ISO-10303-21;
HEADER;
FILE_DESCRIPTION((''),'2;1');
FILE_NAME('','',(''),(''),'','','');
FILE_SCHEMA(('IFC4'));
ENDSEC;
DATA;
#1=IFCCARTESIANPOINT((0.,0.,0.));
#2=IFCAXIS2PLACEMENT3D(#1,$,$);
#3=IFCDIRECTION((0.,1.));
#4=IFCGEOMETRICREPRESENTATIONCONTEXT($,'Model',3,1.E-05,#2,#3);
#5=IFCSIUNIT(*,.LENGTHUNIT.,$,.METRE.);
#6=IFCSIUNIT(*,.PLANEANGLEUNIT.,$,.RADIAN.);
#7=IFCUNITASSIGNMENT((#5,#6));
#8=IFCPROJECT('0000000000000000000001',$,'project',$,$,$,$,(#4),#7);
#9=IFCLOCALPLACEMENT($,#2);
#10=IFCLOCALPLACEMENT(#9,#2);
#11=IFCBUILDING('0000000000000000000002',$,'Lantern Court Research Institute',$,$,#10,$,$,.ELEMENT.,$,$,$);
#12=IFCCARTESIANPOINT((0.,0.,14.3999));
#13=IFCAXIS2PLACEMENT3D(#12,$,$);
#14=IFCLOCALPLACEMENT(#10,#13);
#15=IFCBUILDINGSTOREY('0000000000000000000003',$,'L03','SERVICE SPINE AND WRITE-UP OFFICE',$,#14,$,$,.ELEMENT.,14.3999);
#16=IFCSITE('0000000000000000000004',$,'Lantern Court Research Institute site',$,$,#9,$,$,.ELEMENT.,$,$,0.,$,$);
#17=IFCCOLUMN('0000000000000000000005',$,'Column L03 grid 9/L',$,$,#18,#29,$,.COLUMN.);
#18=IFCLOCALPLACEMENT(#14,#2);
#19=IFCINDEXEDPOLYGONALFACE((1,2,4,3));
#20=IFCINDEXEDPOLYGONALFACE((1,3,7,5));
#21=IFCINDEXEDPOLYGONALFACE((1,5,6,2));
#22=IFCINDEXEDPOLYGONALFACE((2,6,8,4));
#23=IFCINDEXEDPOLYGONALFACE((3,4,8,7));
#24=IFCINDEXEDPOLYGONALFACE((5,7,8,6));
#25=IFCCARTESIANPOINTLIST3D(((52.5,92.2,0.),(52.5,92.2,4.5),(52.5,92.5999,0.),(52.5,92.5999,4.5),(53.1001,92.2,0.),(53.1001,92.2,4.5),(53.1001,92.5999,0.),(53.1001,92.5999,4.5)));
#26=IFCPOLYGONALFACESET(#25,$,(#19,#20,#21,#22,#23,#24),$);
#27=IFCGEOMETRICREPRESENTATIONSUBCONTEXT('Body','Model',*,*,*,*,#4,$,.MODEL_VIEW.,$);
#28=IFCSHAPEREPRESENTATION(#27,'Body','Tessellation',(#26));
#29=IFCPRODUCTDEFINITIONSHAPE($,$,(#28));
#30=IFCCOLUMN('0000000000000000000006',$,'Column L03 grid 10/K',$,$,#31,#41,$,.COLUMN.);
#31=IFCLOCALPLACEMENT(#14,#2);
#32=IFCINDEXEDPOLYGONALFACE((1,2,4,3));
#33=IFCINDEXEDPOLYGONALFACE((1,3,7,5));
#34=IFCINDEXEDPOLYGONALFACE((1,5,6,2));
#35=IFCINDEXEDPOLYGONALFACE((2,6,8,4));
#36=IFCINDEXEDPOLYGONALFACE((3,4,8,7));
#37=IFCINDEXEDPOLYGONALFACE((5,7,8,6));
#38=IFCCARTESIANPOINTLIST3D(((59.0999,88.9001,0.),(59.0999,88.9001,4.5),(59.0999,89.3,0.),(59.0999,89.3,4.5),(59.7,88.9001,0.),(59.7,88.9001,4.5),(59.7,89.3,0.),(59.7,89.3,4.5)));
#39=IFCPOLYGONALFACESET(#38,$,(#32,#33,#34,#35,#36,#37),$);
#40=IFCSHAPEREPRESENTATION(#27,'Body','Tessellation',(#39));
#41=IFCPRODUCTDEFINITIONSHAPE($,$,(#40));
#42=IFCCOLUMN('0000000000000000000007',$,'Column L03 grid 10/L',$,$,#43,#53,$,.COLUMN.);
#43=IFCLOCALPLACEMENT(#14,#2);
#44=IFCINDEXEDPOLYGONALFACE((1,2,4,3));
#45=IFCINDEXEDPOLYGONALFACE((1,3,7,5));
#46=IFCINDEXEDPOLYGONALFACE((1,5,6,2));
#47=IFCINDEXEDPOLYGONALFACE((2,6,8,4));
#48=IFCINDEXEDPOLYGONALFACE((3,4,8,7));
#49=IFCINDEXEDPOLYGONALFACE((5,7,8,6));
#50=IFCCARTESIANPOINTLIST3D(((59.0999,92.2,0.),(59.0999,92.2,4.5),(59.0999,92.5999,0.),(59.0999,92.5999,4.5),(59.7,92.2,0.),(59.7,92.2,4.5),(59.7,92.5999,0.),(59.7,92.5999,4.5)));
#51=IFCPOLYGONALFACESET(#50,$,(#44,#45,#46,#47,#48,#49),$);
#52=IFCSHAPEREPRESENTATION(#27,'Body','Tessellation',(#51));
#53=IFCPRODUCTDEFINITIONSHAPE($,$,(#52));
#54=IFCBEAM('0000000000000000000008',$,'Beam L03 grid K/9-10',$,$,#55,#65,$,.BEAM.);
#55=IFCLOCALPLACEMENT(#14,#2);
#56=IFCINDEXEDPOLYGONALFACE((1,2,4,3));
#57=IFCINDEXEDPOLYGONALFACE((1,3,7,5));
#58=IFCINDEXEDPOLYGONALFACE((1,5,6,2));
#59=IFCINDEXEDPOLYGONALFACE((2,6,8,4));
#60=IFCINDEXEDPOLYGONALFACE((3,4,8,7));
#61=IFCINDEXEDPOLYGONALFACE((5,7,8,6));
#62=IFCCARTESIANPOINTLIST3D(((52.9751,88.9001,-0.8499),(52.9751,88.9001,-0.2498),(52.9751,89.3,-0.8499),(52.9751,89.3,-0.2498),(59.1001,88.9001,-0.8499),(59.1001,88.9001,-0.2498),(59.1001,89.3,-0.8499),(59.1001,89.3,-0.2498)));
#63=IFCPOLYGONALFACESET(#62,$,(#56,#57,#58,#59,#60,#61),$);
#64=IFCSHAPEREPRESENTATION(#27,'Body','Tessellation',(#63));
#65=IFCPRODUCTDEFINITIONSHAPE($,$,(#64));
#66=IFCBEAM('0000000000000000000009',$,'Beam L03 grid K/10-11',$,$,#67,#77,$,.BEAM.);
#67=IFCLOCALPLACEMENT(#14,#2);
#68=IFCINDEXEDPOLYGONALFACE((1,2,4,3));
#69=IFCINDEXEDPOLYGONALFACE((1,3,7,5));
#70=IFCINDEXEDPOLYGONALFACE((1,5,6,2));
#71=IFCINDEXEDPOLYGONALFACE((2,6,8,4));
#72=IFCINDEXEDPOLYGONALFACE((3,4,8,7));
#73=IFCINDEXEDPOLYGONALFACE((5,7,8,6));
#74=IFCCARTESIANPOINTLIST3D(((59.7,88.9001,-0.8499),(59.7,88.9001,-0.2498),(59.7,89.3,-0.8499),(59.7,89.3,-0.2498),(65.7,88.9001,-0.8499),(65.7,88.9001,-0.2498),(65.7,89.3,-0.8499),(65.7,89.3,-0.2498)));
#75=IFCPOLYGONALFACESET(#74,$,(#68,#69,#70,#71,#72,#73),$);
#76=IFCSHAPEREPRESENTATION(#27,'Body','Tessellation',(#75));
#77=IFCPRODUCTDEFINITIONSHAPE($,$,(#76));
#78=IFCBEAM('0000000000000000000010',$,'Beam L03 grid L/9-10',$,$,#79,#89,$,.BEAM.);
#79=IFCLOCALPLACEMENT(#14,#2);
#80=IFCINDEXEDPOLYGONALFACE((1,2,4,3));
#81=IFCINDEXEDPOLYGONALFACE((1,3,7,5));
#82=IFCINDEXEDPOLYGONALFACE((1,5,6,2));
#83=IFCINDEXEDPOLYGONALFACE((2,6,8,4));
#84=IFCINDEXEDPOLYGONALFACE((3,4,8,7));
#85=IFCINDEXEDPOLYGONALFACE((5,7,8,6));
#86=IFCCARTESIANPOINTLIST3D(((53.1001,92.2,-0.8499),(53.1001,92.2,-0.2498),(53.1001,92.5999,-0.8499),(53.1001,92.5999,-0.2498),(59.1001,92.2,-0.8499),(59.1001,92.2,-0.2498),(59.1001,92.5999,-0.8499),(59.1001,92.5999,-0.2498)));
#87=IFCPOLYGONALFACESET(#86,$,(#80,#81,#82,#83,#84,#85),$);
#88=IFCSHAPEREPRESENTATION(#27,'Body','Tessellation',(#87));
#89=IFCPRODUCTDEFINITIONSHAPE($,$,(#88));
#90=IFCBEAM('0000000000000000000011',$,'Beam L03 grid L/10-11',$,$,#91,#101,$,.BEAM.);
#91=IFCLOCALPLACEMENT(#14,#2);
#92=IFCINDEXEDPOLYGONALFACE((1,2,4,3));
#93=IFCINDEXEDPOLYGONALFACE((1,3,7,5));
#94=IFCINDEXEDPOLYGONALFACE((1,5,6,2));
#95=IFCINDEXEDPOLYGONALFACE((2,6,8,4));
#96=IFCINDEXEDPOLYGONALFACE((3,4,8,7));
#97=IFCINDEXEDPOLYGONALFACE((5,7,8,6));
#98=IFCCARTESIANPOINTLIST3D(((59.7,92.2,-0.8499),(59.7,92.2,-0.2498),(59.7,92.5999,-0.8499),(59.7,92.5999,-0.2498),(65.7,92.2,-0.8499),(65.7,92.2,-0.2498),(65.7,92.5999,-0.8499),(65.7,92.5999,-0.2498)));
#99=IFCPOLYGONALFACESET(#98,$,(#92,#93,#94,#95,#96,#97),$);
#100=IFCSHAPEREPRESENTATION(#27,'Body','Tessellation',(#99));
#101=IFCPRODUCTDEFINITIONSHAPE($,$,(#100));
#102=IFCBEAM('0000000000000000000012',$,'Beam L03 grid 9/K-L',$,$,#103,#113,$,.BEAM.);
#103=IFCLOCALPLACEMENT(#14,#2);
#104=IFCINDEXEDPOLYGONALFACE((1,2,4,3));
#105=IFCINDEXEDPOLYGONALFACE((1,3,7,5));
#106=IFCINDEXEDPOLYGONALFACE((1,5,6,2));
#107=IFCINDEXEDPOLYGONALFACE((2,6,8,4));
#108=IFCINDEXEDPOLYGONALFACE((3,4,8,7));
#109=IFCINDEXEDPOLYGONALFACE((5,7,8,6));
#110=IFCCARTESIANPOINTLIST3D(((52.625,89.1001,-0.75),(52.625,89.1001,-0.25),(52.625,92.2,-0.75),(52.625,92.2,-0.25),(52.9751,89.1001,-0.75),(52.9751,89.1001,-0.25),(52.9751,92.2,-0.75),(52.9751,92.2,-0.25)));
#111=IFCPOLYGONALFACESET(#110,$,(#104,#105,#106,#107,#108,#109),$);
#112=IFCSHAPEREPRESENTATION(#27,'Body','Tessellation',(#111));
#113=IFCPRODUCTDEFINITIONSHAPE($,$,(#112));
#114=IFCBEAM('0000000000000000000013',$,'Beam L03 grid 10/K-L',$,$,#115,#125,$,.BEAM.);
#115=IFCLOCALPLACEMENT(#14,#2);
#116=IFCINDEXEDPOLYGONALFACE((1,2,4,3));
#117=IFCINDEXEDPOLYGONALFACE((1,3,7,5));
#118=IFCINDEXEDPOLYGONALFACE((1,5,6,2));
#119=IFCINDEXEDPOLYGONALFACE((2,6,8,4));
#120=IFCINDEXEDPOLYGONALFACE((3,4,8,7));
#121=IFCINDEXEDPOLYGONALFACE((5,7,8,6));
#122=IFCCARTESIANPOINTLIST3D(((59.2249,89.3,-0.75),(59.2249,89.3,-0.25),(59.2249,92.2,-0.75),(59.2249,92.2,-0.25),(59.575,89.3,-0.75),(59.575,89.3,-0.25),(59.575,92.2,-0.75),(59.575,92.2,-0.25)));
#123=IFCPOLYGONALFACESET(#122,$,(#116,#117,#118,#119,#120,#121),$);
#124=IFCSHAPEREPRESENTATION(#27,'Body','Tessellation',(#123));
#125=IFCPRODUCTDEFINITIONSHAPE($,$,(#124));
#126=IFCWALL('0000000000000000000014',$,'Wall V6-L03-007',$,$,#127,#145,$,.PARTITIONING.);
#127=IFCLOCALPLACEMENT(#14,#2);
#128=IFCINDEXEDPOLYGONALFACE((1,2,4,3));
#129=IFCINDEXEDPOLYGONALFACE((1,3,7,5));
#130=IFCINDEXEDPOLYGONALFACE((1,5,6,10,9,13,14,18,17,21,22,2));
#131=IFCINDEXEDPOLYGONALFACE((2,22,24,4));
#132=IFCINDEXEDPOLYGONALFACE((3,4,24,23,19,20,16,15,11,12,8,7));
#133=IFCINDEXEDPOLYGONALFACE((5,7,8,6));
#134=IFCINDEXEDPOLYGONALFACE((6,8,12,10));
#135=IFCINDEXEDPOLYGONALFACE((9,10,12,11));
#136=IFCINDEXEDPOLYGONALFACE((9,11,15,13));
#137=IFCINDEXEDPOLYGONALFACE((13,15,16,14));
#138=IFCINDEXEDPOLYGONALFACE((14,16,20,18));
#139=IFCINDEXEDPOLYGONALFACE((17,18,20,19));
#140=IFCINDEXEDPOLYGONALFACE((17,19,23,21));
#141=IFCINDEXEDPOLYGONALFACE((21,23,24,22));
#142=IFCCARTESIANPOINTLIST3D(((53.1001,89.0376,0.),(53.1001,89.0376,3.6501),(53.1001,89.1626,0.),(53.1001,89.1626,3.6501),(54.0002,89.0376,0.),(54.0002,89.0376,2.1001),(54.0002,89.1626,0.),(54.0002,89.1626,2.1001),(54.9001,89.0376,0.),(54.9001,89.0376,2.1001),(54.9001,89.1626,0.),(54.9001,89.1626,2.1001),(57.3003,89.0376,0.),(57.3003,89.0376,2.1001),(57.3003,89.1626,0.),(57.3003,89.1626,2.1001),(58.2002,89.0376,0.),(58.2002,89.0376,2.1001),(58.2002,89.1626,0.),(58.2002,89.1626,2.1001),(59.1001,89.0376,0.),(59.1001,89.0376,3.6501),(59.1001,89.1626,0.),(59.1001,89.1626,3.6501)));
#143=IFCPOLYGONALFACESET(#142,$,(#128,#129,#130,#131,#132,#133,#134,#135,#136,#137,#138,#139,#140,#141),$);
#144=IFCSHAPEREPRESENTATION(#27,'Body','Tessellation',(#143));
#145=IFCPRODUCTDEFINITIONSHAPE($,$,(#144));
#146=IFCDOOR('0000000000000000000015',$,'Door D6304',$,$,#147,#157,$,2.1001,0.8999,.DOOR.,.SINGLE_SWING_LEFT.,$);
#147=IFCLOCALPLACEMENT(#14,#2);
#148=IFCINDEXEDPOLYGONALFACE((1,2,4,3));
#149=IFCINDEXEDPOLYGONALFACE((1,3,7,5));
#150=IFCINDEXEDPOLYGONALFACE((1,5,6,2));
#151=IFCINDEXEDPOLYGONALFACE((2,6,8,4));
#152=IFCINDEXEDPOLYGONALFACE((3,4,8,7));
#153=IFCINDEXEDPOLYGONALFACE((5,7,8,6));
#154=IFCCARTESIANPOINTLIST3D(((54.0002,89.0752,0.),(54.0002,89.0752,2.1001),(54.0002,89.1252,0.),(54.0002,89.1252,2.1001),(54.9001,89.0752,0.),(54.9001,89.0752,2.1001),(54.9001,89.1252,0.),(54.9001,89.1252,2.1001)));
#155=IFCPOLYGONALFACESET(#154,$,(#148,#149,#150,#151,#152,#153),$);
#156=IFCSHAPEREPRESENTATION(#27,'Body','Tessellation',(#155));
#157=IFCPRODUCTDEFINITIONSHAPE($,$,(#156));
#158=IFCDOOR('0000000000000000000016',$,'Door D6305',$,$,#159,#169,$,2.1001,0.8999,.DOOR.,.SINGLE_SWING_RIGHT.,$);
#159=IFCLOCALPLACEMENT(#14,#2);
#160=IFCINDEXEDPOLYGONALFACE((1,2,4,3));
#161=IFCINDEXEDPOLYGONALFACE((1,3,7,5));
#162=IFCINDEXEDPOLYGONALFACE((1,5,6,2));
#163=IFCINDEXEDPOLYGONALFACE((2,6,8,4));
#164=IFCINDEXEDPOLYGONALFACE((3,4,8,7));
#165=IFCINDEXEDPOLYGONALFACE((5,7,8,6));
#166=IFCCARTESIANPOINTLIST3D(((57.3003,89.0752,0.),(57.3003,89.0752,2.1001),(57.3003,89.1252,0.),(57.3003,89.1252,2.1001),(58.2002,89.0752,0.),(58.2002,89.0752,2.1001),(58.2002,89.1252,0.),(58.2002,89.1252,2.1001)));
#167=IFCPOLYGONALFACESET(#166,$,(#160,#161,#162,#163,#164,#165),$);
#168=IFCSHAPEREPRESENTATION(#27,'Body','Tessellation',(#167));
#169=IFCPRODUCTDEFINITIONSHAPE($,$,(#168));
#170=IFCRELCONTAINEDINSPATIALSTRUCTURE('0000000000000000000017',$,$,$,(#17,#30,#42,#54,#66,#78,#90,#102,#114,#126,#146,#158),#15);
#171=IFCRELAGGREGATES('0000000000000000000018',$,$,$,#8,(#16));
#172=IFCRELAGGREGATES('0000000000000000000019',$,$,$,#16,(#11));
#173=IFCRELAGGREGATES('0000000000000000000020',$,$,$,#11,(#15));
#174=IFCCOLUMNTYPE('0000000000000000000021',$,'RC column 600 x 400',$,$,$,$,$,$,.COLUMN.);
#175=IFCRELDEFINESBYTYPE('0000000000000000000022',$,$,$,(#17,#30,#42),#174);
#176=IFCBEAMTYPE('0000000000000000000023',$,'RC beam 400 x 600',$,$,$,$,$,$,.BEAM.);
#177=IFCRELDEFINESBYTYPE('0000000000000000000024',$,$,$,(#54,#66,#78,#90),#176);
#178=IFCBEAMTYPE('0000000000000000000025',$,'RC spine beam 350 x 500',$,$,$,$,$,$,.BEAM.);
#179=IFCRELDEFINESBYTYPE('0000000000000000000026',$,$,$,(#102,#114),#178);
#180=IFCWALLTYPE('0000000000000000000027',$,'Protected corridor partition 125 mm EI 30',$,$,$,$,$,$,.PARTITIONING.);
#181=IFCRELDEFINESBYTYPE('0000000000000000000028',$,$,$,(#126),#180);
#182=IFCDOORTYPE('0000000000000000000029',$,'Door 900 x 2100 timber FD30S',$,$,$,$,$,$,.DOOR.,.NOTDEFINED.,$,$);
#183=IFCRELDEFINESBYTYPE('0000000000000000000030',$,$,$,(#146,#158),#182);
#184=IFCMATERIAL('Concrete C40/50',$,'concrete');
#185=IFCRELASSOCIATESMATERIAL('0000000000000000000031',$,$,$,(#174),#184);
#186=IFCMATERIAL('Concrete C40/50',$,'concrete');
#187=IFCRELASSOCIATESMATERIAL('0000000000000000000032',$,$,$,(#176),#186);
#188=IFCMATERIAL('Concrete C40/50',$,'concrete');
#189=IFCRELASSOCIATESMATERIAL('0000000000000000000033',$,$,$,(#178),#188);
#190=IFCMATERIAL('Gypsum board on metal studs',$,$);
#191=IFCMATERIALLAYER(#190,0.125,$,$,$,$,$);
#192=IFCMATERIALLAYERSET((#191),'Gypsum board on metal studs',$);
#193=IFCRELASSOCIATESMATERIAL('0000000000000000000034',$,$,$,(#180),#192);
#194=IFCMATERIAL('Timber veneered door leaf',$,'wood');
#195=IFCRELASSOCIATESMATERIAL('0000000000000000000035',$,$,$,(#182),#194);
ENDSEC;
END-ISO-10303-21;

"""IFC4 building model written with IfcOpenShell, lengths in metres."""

from ifc_helpers import new_model, si_unit, direction, frame, frame_2d, origin, origin_2d, place, context, subcontext, project, spatial, rectangle, extrude, material, layer, layer_set, material_profile, profile_set, type_object, element, fill, save


model = new_model("IFC4")

# Units and contexts
model_context = context("Model", 3, precision=1e-05, world=origin(), true_north=direction((0.0, 1.0)))
body_context = subcontext(model_context, "Body", "Model", "MODEL_VIEW")
ifc_project = project(units=[si_unit("LENGTHUNIT", "METRE"), si_unit("PLANEANGLEUNIT", "RADIAN")], contexts=[model_context])

# Site, building, storey
site_placement = place(None, origin())
site = spatial("IfcSite", under=ifc_project, at=site_placement, Name="Lantern Court Research Institute site", CompositionType="ELEMENT", RefElevation=0.0)
building_placement = place(site_placement, origin())
building = spatial("IfcBuilding", under=site, at=building_placement, Name="Lantern Court Research Institute", CompositionType="ELEMENT")
storey_placement = place(building_placement, frame((0.0, 0.0, 14.3999)))
storey = spatial("IfcBuildingStorey", under=building, at=storey_placement, Name="L03", Description="SERVICE SPINE AND WRITE-UP OFFICE", CompositionType="ELEMENT", Elevation=14.3999)

# Columns
ifc_material_1 = material(Name="Concrete C40/50", Category="concrete")
ifc_material_profile_1 = material_profile(ifc_material_1, rectangle(XDim=0.6001, YDim=0.3999, at=origin_2d()), Name="RC column 600 x 400")
ifc_profile_set_1 = profile_set([ifc_material_profile_1], Name="Concrete C40/50")
column_type = type_object("IfcColumnType", Name="RC column 600 x 400", PredefinedType="COLUMN", material=ifc_profile_set_1)
for number, where, z_axis, x_axis, name in (
    (1, (52.8, 92.3999, 0.0), (0.0, 0.0, 1.0), (1.0, 0.0, 0.0), "Column L03 grid 9/L"),
    (2, (59.3999, 89.1001, 0.0), (0.0, 0.0, 1.0), (1.0, 0.0, 0.0), "Column L03 grid 10/K"),
    (3, (59.3999, 92.3999, 0.0), (0.0, 0.0, 1.0), (1.0, 0.0, 0.0), "Column L03 grid 10/L"),
):
    element("IfcColumn", number, at=place(storey_placement, frame(where, z_axis=z_axis, x_axis=x_axis)), inside=storey, type_object=column_type, Name=name, PredefinedType="COLUMN", context=body_context, shape_type="SweptSolid", body=[
        extrude(rectangle(XDim=0.6001, YDim=0.3999, at=origin_2d()), origin(), (0.0, 0.0, 1.0), 4.5),
    ])

# Beams
ifc_material_2 = material(Name="Concrete C40/50", Category="concrete")
ifc_material_profile_2 = material_profile(ifc_material_2, rectangle(XDim=0.3999, YDim=0.6001, at=origin_2d()), Name="RC beam 400 x 600")
ifc_profile_set_2 = profile_set([ifc_material_profile_2], Name="Concrete C40/50")
beam_type_1 = type_object("IfcBeamType", Name="RC beam 400 x 600", PredefinedType="BEAM", material=ifc_profile_set_2)
beam_1_placement = place(storey_placement, frame((52.9751, 89.1001, -0.5498), z_axis=(1.0, 0.0, 0.0), x_axis=(0.0, 1.0, 0.0)))
element("IfcBeam", 4, at=beam_1_placement, inside=storey, type_object=beam_type_1, Name="Beam L03 grid K/9-10", PredefinedType="BEAM", context=body_context, shape_type="SweptSolid", body=[
    extrude(rectangle(XDim=0.3999, YDim=0.6001, at=origin_2d()), origin(), (0.0, 0.0, 1.0), 6.125),
])
for number, where, z_axis, x_axis, name in (
    (5, (59.7, 89.1001, -0.5498), (1.0, 0.0, 0.0), (0.0, 1.0, 0.0), "Beam L03 grid K/10-11"),
    (6, (53.1001, 92.3999, -0.5498), (1.0, 0.0, 0.0), (0.0, 1.0, 0.0), "Beam L03 grid L/9-10"),
    (7, (59.7, 92.3999, -0.5498), (1.0, 0.0, 0.0), (0.0, 1.0, 0.0), "Beam L03 grid L/10-11"),
):
    element("IfcBeam", number, at=place(storey_placement, frame(where, z_axis=z_axis, x_axis=x_axis)), inside=storey, type_object=beam_type_1, Name=name, PredefinedType="BEAM", context=body_context, shape_type="SweptSolid", body=[
        extrude(rectangle(XDim=0.3999, YDim=0.6001, at=origin_2d()), origin(), (0.0, 0.0, 1.0), 6.0),
    ])
ifc_material_3 = material(Name="Concrete C40/50", Category="concrete")
ifc_material_profile_3 = material_profile(ifc_material_3, rectangle(XDim=0.3501, YDim=0.5, at=origin_2d()), Name="RC beam 350 x 500")
ifc_profile_set_3 = profile_set([ifc_material_profile_3], Name="Concrete C40/50")
beam_type_2 = type_object("IfcBeamType", Name="RC spine beam 350 x 500", PredefinedType="BEAM", material=ifc_profile_set_3)
beam_2_placement = place(storey_placement, frame((52.8, 89.1001, -0.5), z_axis=(0.0, 1.0, 0.0), x_axis=(-1.0, 0.0, 0.0)))
element("IfcBeam", 8, at=beam_2_placement, inside=storey, type_object=beam_type_2, Name="Beam L03 grid 9/K-L", PredefinedType="BEAM", context=body_context, shape_type="SweptSolid", body=[
    extrude(rectangle(XDim=0.3501, YDim=0.5, at=origin_2d()), origin(), (0.0, 0.0, 1.0), 3.0999),
])
beam_3_placement = place(storey_placement, frame((59.3999, 89.3, -0.5), z_axis=(0.0, 1.0, 0.0), x_axis=(-1.0, 0.0, 0.0)))
element("IfcBeam", 9, at=beam_3_placement, inside=storey, type_object=beam_type_2, Name="Beam L03 grid 10/K-L", PredefinedType="BEAM", context=body_context, shape_type="SweptSolid", body=[
    extrude(rectangle(XDim=0.3501, YDim=0.5, at=origin_2d()), origin(), (0.0, 0.0, 1.0), 2.8999),
])

# Wall, openings, doors
ifc_material_4 = material(Name="Gypsum board on metal studs")
ifc_layer_1 = layer(ifc_material_4, 0.125)
ifc_layer_set_1 = layer_set([ifc_layer_1], Name="Gypsum board on metal studs")
wall_type_1 = type_object("IfcWallType", Name="Protected corridor partition 125 mm EI 30", PredefinedType="PARTITIONING", material=ifc_layer_set_1)
wall_1_placement = place(storey_placement, frame((59.1001, 89.1001, 0.0), z_axis=(0.0, 0.0, 1.0), x_axis=(-1.0, 0.0, 0.0)))
wall_1 = element("IfcWall", 10, at=wall_1_placement, inside=storey, type_object=wall_type_1, Name="Wall V6-L03-007", PredefinedType="PARTITIONING", context=body_context, shape_type="SweptSolid", body=[
    extrude(rectangle(XDim=6.0, YDim=0.125, at=frame_2d((3.0, 0.0))), origin(), (0.0, 0.0, 1.0), 3.6501),
])
opening_1_placement = place(wall_1_placement, frame((4.2, 0.0, 0.0)))
opening_1 = element("IfcOpeningElement", 11, at=opening_1_placement, cuts=wall_1, PredefinedType="OPENING", context=body_context, shape_type="SweptSolid", body=[
    extrude(rectangle(XDim=0.8999, YDim=2.1001, at=frame_2d((0.45, 1.05))), frame((0.0, 0.0725, 0.0), z_axis=(0.0, -1.0, 0.0), x_axis=(1.0, 0.0, 0.0)), (0.0, 0.0, 1.0), 0.145),
])
opening_2_placement = place(wall_1_placement, frame((0.8999, 0.0, 0.0)))
opening_2 = element("IfcOpeningElement", 12, at=opening_2_placement, cuts=wall_1, PredefinedType="OPENING", context=body_context, shape_type="SweptSolid", body=[
    extrude(rectangle(XDim=0.8999, YDim=2.1001, at=frame_2d((0.45, 1.05))), frame((0.0, 0.0725, 0.0), z_axis=(0.0, -1.0, 0.0), x_axis=(1.0, 0.0, 0.0)), (0.0, 0.0, 1.0), 0.145),
])
ifc_material_5 = material(Name="Timber veneered door leaf", Category="wood")
door_type_1 = type_object("IfcDoorType", Name="Door 900 x 2100 timber FD30S", OperationType="NOTDEFINED", PredefinedType="DOOR", material=ifc_material_5)
door_1_placement = place(opening_1_placement, origin())
door_1 = element("IfcDoor", 13, at=door_1_placement, inside=storey, type_object=door_type_1, Name="Door D6304", OperationType="SINGLE_SWING_LEFT", OverallHeight=2.1001, OverallWidth=0.8999, PredefinedType="DOOR", context=body_context, shape_type="SweptSolid", body=[
    extrude(rectangle(XDim=0.8999, YDim=2.1001, at=frame_2d((0.45, 1.05))), frame((0.0, 0.0249, 0.0), z_axis=(0.0, -1.0, 0.0), x_axis=(1.0, 0.0, 0.0)), (0.0, 0.0, 1.0), 0.05),
])
fill(opening_1, door_1)
door_2_placement = place(opening_2_placement, origin())
door_2 = element("IfcDoor", 14, at=door_2_placement, inside=storey, type_object=door_type_1, Name="Door D6305", OperationType="SINGLE_SWING_RIGHT", OverallHeight=2.1001, OverallWidth=0.8999, PredefinedType="DOOR", context=body_context, shape_type="SweptSolid", body=[
    extrude(rectangle(XDim=0.8999, YDim=2.1001, at=frame_2d((0.45, 1.05))), frame((0.0, 0.0249, 0.0), z_axis=(0.0, -1.0, 0.0), x_axis=(1.0, 0.0, 0.0)), (0.0, 0.0, 1.0), 0.05),
])
fill(opening_2, door_2)

save(model, "model.ifc")
